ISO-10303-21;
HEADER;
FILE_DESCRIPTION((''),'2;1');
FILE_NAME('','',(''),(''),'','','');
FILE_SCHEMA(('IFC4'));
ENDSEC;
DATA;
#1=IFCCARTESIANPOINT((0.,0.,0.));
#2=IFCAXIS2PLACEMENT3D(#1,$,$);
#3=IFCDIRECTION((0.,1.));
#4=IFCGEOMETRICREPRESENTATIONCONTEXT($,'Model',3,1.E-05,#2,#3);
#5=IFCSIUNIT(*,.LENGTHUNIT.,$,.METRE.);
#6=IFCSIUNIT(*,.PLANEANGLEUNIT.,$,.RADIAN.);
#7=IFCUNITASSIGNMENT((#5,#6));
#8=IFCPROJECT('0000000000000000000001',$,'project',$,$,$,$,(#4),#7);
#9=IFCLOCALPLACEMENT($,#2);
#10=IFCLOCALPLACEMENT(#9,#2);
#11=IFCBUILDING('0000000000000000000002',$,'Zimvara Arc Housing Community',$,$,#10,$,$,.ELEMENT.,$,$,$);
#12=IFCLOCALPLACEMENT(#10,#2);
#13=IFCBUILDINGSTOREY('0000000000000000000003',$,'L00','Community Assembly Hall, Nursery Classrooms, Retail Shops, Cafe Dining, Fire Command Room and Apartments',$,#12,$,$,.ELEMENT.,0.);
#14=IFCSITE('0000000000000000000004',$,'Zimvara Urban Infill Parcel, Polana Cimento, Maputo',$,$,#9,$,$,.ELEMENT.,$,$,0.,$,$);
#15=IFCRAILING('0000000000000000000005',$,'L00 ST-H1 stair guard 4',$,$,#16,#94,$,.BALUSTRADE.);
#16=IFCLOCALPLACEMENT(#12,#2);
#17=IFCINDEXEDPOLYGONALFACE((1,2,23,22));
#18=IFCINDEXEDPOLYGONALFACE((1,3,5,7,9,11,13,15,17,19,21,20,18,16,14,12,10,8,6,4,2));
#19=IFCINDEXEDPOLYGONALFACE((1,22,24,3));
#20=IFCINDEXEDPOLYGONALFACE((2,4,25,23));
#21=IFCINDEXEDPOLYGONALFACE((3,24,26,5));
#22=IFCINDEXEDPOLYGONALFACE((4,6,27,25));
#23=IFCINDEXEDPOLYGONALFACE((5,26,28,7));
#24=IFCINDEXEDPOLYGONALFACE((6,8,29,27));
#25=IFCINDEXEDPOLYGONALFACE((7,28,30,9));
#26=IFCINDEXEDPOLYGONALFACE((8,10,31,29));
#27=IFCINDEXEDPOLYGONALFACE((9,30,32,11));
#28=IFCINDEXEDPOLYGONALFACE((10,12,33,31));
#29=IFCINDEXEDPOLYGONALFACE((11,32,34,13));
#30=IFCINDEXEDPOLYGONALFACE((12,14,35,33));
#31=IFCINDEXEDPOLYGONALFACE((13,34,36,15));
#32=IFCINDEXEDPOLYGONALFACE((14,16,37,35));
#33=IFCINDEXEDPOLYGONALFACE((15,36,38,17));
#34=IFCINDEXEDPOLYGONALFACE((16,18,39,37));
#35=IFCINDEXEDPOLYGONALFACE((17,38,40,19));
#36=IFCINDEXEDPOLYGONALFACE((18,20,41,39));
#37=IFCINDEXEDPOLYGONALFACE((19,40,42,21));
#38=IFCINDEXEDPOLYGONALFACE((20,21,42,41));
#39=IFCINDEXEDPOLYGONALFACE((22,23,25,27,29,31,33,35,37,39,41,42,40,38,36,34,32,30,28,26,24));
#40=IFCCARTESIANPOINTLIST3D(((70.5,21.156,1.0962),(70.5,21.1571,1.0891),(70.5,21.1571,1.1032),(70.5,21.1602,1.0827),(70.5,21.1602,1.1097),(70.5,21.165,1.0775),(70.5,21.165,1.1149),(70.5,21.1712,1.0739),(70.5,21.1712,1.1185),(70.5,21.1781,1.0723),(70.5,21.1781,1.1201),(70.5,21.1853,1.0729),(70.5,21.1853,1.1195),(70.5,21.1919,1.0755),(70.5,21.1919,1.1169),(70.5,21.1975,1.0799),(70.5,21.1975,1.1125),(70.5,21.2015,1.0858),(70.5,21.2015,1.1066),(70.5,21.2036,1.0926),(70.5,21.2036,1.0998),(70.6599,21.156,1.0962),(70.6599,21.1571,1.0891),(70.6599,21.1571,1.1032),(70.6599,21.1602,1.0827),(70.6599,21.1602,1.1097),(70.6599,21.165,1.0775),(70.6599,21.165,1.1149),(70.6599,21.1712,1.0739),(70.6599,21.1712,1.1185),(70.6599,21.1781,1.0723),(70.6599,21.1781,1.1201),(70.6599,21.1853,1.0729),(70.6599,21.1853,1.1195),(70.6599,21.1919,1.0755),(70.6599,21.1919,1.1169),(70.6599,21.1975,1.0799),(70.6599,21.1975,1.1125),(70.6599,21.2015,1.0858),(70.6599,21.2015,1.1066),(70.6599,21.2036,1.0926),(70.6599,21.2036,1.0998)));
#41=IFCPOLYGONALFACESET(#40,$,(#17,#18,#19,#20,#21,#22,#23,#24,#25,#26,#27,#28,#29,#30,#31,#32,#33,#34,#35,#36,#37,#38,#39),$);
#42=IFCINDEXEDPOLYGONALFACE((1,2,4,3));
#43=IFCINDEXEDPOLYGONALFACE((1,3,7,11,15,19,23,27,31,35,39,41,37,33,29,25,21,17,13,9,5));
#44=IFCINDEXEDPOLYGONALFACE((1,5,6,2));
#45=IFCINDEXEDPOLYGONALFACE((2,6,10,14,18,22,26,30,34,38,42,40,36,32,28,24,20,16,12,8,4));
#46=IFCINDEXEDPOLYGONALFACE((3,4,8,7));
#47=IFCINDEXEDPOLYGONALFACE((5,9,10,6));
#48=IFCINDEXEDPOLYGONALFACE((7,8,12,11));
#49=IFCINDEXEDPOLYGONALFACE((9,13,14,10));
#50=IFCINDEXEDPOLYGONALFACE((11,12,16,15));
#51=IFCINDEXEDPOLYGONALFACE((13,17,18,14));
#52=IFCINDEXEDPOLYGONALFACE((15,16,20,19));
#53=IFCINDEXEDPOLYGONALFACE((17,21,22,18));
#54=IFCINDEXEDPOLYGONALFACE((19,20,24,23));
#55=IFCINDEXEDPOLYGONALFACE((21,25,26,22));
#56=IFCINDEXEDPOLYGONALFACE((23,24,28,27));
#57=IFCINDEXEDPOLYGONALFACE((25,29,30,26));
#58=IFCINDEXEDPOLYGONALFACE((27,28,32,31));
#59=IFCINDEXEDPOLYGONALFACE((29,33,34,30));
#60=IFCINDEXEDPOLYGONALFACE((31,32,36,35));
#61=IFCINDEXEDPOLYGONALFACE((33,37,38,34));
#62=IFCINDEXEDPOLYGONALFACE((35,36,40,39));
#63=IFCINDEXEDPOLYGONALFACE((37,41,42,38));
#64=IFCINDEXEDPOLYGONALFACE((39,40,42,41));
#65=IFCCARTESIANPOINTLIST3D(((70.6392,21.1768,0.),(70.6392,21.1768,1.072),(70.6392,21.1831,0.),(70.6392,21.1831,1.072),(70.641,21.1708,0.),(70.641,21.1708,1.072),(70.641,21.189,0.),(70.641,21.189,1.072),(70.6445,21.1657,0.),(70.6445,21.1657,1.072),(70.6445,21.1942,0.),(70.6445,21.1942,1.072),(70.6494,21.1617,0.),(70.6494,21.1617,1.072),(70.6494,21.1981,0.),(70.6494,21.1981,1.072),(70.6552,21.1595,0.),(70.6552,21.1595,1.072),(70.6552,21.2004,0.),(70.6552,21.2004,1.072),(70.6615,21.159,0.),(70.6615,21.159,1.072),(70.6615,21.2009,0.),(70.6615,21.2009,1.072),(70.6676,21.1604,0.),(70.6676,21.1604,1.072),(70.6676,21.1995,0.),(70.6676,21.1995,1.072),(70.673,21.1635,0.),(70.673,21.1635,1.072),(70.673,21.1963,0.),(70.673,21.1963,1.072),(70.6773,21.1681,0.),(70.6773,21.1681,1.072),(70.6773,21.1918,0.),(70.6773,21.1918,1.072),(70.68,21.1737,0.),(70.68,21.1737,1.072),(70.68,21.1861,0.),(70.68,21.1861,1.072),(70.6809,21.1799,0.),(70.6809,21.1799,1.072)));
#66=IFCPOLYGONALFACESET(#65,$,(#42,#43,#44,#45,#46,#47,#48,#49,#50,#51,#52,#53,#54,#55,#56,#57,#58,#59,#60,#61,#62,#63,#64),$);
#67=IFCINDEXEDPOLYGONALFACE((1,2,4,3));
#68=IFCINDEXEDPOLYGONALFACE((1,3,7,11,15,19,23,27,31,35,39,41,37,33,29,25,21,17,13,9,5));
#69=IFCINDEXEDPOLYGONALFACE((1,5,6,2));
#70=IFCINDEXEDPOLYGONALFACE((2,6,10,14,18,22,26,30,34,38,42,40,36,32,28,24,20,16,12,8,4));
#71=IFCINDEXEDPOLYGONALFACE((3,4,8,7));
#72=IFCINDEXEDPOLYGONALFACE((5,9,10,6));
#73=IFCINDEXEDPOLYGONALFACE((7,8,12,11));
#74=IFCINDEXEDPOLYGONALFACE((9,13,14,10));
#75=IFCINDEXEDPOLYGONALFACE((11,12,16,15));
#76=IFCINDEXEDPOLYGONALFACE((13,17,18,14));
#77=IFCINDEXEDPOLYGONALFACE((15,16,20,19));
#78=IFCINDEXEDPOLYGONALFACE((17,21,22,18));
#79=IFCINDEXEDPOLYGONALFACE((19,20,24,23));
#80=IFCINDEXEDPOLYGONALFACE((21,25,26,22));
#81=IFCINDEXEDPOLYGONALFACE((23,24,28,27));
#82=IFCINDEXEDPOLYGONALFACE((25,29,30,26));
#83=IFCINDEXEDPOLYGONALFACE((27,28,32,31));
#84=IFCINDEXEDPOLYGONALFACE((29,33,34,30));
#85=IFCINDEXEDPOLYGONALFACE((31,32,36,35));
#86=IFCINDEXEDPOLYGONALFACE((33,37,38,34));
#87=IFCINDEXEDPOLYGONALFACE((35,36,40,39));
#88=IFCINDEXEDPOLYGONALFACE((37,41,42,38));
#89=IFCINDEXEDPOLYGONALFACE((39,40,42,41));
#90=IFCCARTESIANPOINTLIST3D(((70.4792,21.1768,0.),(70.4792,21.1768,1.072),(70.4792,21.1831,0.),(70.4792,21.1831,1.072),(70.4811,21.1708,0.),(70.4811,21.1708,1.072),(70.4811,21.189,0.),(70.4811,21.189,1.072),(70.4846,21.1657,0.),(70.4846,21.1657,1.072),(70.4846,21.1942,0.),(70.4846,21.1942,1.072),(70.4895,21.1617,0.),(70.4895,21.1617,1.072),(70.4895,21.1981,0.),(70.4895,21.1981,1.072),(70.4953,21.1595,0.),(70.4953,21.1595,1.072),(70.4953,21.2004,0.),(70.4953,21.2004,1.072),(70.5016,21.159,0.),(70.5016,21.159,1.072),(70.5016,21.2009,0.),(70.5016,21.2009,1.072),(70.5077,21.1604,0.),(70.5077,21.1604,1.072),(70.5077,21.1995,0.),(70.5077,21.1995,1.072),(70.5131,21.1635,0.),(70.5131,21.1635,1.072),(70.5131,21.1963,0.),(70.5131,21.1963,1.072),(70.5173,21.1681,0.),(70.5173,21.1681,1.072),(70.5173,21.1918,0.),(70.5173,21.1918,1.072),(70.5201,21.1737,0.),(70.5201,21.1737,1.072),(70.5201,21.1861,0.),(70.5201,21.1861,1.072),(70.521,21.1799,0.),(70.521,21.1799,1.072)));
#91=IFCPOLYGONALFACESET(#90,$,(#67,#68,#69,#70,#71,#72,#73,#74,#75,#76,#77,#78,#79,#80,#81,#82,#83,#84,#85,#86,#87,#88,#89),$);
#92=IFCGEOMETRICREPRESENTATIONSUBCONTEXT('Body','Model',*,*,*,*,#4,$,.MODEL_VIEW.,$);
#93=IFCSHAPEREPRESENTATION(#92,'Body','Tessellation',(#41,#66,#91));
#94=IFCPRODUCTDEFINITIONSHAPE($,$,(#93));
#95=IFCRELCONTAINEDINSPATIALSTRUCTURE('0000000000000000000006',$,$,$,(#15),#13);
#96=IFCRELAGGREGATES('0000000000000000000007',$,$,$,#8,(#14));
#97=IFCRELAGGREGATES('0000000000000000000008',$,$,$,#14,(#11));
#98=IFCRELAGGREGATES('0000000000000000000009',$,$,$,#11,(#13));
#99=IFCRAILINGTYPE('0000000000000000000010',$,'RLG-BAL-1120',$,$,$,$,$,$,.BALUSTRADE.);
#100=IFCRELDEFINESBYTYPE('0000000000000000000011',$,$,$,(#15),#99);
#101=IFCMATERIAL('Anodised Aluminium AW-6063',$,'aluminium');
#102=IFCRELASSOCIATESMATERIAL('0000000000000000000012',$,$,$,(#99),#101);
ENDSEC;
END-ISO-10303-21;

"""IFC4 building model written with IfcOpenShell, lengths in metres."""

from ifc_helpers import new_model, si_unit, direction, frame, origin, origin_2d, place, context, subcontext, project, spatial, circle, extrude, material, type_object, element, save


model = new_model("IFC4")

# Units and contexts
model_context = context("Model", 3, precision=1e-05, world=origin(), true_north=direction((0.0, 1.0)))
body_context = subcontext(model_context, "Body", "Model", "MODEL_VIEW")
ifc_project = project(units=[si_unit("LENGTHUNIT", "METRE"), si_unit("PLANEANGLEUNIT", "RADIAN")], contexts=[model_context])

# Site, building, storey
site_placement = place(None, origin())
site = spatial("IfcSite", under=ifc_project, at=site_placement, Name="Zimvara Urban Infill Parcel, Polana Cimento, Maputo", CompositionType="ELEMENT", RefElevation=0.0)
building_placement = place(site_placement, origin())
building = spatial("IfcBuilding", under=site, at=building_placement, Name="Zimvara Arc Housing Community", CompositionType="ELEMENT")
storey_placement = place(building_placement, origin())
storey = spatial("IfcBuildingStorey", under=building, at=storey_placement, Name="L00", Description="Community Assembly Hall, Nursery Classrooms, Retail Shops, Cafe Dining, Fire Command Room and Apartments", CompositionType="ELEMENT", Elevation=0.0)

# Railing
ifc_material_1 = material(Name="Anodised Aluminium AW-6063", Category="aluminium")
railing_type_1 = type_object("IfcRailingType", Name="RLG-BAL-1120", PredefinedType="BALUSTRADE", material=ifc_material_1)
railing_1_placement = place(storey_placement, frame((70.6599, 21.1799, 0.0)))
element("IfcRailing", 1, at=railing_1_placement, inside=storey, type_object=railing_type_1, Name="L00 ST-H1 stair guard 4", PredefinedType="BALUSTRADE", context=body_context, shape_type="SweptSolid", body=[
    extrude(circle(Radius=0.0239, at=origin_2d()), frame((0.0, 0.0, 1.0962), z_axis=(-1.0, 0.0, 0.0), x_axis=(0.0, -1.0, 0.0)), (0.0, 0.0, 1.0), 0.1599),
    extrude(circle(Radius=0.021, at=origin_2d()), origin(), (0.0, 0.0, 1.0), 1.072),
    extrude(circle(Radius=0.021, at=origin_2d()), frame((-0.1599, 0.0, 0.0)), (0.0, 0.0, 1.0), 1.072),
])

save(model, "model.ifc")
